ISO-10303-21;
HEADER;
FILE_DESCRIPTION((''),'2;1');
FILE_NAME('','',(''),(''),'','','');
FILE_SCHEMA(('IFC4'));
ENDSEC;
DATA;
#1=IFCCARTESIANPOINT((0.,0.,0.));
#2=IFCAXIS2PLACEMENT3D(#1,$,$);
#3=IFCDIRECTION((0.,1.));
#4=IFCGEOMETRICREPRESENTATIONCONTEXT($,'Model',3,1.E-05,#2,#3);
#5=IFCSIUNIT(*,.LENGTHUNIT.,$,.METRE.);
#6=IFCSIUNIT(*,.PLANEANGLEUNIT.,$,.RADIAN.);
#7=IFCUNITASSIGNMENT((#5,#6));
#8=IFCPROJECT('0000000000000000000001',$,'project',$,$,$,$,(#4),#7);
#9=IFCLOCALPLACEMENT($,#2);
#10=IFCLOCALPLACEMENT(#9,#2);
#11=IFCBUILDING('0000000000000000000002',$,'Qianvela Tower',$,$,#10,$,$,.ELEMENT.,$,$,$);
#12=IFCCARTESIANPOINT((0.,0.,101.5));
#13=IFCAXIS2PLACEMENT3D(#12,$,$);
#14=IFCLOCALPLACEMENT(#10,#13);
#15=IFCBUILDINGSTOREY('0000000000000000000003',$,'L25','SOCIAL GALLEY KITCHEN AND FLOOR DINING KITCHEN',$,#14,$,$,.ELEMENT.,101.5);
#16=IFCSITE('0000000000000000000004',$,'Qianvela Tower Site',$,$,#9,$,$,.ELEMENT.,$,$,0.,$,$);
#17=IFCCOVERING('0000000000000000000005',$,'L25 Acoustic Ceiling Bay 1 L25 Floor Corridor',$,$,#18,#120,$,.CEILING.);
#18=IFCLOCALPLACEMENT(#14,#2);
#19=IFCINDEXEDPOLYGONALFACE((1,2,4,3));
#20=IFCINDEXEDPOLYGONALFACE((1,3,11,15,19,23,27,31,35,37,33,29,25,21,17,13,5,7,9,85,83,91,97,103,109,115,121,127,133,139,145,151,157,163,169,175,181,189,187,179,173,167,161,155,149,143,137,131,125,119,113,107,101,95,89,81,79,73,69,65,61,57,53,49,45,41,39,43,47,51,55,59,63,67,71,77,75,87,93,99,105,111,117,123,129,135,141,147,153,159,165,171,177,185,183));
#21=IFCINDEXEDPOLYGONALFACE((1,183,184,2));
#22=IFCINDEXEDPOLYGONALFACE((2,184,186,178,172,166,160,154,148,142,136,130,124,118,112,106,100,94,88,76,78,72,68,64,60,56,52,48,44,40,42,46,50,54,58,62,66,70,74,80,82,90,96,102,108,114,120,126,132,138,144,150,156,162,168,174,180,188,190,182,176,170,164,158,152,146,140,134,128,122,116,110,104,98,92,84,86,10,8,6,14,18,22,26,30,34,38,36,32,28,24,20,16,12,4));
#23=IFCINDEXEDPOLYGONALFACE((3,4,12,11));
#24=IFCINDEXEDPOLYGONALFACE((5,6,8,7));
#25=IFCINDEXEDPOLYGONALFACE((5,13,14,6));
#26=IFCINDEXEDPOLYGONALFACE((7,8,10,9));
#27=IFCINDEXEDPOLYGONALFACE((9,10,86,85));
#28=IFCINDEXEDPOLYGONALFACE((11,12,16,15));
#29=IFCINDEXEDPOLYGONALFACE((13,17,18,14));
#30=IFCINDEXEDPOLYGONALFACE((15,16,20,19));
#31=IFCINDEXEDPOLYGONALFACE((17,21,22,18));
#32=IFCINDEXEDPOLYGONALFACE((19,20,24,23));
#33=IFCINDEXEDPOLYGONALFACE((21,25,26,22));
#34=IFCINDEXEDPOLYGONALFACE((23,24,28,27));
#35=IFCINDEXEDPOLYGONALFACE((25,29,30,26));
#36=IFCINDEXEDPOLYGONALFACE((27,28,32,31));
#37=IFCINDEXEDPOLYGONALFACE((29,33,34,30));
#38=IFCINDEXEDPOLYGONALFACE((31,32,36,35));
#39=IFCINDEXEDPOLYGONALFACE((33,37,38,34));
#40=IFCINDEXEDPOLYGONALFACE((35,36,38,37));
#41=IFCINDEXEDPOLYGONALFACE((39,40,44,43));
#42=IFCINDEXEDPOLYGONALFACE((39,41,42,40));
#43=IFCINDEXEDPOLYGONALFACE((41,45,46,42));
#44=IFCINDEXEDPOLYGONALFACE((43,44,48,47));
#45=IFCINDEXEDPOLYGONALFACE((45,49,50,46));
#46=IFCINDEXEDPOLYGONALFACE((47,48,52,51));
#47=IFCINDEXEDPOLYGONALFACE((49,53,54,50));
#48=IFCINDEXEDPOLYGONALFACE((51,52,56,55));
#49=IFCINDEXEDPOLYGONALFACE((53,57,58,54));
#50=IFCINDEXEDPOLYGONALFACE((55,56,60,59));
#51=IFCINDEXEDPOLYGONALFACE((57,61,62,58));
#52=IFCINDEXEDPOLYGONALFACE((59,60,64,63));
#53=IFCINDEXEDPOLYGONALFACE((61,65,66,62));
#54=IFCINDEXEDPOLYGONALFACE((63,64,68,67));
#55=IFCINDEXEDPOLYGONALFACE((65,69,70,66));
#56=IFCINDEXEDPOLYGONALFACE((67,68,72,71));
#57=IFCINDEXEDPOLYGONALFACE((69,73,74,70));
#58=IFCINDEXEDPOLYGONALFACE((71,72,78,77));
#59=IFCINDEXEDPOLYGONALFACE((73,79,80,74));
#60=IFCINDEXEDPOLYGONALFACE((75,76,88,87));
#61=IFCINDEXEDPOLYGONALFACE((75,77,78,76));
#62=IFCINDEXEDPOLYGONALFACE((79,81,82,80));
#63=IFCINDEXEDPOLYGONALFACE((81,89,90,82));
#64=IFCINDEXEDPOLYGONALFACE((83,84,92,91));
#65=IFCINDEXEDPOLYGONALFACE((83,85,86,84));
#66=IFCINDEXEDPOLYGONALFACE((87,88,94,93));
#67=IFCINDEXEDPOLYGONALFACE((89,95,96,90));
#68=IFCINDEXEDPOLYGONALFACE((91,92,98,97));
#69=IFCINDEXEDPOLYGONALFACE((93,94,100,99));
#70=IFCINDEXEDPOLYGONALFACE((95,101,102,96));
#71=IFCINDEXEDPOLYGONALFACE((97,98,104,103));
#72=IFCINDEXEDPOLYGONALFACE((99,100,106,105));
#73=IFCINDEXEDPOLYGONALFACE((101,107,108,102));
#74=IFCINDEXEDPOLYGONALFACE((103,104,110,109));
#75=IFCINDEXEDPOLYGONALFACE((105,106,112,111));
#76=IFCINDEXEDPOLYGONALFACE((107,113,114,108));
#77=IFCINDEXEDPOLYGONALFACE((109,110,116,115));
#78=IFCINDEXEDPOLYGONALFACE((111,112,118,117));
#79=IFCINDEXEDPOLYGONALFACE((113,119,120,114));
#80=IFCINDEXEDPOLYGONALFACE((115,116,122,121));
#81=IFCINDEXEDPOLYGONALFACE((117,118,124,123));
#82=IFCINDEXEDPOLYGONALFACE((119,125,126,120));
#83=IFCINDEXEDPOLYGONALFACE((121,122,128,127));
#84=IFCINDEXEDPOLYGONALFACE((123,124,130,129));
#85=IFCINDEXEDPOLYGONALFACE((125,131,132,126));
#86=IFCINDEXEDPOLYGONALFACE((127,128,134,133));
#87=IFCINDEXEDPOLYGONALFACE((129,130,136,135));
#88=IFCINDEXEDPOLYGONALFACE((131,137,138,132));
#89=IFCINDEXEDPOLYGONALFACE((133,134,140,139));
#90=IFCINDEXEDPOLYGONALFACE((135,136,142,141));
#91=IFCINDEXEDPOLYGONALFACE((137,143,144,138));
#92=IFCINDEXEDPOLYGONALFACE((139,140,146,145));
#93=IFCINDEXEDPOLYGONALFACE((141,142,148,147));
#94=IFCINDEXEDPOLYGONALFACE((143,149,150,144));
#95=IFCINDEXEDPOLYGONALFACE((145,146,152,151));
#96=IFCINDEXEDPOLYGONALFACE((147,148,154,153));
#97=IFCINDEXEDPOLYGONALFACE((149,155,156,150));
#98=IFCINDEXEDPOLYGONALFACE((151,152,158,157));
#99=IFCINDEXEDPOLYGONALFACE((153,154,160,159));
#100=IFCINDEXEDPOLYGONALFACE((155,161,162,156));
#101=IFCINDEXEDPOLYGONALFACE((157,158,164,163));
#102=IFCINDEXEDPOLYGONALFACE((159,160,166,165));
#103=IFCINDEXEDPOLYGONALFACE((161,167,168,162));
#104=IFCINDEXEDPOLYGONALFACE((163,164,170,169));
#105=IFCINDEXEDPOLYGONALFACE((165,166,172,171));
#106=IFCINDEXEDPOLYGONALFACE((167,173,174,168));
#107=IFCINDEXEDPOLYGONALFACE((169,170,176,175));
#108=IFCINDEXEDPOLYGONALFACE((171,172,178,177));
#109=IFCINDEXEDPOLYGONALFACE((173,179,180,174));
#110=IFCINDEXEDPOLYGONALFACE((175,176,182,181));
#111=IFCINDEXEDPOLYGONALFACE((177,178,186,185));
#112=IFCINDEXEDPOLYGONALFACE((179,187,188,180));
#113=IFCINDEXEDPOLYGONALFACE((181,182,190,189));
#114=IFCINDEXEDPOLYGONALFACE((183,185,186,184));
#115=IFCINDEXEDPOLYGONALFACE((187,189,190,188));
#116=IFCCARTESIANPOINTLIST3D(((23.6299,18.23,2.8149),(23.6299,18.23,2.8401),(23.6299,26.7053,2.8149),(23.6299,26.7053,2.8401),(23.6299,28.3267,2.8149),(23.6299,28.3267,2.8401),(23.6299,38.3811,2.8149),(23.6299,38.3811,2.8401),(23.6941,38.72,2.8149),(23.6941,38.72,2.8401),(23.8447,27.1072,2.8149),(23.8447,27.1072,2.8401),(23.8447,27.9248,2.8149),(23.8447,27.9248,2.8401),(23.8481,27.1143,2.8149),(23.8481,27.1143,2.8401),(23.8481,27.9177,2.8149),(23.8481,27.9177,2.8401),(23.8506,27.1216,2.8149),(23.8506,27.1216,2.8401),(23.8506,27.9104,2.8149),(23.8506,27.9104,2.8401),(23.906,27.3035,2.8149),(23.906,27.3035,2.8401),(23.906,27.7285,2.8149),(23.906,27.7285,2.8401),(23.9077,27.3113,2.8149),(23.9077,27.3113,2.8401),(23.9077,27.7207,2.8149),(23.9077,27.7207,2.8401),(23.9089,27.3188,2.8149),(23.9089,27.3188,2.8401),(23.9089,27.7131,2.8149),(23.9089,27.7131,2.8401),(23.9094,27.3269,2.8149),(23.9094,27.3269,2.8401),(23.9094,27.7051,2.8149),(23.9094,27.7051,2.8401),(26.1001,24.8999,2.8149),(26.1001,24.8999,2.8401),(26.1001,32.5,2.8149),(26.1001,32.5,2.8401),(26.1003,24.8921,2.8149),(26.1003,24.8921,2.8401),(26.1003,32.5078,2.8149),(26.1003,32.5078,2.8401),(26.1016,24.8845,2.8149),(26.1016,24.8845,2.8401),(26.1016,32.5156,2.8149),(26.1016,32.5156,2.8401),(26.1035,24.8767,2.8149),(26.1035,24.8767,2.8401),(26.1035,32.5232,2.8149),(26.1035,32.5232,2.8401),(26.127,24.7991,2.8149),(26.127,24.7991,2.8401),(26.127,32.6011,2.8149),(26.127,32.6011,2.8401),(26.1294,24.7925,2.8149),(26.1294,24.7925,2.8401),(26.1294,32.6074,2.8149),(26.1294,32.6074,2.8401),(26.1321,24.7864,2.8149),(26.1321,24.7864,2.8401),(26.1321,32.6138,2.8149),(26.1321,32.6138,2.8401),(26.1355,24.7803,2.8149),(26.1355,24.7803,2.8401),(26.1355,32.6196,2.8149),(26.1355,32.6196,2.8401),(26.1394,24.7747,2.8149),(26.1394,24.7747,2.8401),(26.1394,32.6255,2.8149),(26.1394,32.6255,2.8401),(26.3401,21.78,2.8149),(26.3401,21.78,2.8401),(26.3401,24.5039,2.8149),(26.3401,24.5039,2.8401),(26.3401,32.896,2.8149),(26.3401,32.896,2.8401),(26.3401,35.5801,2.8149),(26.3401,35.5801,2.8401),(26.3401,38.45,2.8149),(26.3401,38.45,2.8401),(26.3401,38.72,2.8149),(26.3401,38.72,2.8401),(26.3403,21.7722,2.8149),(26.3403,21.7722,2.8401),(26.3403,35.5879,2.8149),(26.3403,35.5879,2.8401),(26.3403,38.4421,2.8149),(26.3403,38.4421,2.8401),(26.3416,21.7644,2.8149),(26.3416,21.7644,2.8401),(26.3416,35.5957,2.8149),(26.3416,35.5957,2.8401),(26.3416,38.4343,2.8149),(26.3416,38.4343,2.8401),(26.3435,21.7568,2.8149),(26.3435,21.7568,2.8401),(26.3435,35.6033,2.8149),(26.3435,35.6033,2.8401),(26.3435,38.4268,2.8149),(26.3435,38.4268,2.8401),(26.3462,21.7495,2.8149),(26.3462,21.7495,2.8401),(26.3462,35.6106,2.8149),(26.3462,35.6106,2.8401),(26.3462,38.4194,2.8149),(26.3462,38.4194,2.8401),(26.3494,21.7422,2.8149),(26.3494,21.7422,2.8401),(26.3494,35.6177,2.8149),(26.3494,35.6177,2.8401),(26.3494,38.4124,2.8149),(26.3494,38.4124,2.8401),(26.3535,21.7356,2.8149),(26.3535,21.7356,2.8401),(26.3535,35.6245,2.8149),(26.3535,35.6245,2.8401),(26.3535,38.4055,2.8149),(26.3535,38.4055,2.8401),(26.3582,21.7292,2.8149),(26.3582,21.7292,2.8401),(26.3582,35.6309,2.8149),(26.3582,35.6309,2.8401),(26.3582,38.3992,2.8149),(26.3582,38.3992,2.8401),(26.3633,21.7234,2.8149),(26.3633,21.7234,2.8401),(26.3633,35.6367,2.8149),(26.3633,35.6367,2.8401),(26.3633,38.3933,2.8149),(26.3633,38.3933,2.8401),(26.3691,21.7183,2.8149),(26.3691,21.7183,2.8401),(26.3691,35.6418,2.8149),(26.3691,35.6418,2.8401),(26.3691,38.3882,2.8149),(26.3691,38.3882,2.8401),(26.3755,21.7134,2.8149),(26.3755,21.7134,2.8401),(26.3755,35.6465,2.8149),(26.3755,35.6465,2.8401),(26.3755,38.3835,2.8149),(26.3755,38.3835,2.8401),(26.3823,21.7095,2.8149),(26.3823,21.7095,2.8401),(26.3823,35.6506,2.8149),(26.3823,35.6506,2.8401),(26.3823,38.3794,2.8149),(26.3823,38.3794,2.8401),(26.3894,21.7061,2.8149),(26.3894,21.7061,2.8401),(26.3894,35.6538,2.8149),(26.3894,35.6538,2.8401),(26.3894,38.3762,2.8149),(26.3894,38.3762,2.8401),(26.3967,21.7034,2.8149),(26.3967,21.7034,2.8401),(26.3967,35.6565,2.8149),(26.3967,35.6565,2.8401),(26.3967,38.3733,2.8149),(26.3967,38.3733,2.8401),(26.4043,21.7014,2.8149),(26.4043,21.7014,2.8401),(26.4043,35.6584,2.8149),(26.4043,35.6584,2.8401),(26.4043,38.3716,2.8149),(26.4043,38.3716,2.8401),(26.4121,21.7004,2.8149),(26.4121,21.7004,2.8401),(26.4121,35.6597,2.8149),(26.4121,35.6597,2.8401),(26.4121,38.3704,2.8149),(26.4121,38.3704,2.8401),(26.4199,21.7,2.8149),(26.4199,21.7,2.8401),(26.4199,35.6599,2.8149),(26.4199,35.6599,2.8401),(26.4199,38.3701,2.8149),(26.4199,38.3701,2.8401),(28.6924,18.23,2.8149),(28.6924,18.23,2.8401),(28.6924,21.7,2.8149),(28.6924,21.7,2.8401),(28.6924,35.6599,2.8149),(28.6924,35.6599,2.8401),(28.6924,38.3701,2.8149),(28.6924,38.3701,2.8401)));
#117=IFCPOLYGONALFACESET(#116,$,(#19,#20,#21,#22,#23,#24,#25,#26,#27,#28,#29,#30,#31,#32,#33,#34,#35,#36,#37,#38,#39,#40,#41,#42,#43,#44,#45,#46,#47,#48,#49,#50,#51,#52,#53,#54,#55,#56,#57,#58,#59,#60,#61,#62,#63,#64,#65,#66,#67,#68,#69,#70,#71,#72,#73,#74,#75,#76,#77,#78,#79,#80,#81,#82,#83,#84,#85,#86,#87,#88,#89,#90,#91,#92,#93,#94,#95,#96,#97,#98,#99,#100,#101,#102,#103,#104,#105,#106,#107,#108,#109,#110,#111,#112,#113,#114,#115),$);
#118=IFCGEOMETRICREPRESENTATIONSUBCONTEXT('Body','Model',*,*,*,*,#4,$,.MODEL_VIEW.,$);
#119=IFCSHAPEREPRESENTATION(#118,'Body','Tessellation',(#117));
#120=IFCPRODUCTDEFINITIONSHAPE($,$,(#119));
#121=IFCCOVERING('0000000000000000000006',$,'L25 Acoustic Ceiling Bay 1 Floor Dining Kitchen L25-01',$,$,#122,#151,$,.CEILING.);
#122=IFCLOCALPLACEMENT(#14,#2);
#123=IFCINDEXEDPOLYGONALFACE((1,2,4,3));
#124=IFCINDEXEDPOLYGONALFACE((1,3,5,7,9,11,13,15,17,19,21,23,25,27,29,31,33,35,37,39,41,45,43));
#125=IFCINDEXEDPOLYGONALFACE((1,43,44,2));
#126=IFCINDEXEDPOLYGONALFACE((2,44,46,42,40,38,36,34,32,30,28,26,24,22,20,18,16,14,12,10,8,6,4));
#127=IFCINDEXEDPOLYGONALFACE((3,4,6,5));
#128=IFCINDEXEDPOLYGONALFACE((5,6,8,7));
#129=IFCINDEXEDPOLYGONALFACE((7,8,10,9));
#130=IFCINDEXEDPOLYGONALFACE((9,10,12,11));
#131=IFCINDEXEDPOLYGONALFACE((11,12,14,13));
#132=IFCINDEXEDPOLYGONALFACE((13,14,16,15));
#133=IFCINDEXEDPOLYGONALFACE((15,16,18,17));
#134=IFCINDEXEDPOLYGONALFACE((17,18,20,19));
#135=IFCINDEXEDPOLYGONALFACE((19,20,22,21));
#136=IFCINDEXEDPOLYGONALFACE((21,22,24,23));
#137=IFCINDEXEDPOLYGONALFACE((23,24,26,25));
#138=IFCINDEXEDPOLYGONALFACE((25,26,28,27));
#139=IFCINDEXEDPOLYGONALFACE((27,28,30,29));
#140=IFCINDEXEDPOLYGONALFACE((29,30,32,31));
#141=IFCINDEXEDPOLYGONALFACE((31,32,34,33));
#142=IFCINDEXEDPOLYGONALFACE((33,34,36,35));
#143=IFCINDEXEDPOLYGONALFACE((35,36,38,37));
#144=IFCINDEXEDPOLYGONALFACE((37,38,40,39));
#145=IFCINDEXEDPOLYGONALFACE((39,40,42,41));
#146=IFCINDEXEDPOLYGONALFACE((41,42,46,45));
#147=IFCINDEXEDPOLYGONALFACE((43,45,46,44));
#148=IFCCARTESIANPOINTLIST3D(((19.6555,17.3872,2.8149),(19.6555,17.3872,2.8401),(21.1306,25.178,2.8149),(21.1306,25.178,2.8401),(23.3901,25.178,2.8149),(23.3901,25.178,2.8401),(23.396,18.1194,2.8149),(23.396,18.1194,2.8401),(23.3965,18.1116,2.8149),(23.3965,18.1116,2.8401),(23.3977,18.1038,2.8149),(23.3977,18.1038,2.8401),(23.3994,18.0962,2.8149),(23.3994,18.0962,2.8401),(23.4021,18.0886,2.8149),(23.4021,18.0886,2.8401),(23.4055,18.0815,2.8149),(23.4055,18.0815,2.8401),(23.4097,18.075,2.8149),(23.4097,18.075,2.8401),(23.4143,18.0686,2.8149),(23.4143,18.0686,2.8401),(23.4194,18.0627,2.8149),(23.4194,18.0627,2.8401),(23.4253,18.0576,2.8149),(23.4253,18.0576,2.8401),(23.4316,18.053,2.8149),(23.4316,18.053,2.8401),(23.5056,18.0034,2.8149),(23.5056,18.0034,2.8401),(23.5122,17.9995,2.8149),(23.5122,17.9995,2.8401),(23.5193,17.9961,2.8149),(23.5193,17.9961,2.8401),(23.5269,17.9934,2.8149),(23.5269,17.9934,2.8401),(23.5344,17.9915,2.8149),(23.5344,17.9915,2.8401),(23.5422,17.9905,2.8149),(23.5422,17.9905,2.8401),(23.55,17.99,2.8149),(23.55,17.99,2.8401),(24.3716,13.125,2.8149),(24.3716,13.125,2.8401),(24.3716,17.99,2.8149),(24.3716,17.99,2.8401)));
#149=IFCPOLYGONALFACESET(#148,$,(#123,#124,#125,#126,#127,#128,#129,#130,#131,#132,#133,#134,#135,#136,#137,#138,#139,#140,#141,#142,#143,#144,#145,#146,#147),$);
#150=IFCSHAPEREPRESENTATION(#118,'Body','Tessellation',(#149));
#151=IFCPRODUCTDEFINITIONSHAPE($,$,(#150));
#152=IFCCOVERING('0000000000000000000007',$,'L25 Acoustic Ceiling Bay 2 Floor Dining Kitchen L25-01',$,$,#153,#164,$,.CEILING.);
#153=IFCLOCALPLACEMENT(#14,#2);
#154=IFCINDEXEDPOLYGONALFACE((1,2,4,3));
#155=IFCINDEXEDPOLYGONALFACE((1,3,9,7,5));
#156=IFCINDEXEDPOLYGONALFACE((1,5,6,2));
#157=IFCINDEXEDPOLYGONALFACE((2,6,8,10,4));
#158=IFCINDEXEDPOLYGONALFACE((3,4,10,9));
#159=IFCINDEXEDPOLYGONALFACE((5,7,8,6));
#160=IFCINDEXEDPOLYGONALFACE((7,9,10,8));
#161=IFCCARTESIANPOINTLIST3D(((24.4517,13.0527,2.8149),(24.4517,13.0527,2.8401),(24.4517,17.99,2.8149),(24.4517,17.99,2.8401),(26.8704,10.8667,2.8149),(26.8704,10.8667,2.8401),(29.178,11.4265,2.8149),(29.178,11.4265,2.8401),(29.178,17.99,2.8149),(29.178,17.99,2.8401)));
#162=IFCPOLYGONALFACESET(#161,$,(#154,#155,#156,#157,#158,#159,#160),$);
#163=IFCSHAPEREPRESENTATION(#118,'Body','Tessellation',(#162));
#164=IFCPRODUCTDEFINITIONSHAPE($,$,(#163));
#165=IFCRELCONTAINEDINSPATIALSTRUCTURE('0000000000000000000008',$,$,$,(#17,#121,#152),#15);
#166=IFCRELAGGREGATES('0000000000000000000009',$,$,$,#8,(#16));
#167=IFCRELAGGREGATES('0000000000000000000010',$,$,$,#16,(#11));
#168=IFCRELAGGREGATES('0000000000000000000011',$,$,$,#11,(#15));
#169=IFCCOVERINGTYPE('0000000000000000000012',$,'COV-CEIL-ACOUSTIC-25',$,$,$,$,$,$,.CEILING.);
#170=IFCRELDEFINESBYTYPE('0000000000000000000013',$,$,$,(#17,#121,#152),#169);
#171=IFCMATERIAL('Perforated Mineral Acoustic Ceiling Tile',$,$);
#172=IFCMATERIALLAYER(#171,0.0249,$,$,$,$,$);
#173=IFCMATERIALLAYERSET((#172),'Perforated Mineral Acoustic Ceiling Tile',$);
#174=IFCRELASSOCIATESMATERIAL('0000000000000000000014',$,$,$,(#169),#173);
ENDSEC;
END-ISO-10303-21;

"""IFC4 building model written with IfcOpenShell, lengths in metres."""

from ifc_helpers import new_model, si_unit, direction, frame, origin, place, context, subcontext, project, spatial, polyline, outline, extrude, material, layer, layer_set, type_object, element, save


model = new_model("IFC4")

# Units and contexts
model_context = context("Model", 3, precision=1e-05, world=origin(), true_north=direction((0.0, 1.0)))
body_context = subcontext(model_context, "Body", "Model", "MODEL_VIEW")
ifc_project = project(units=[si_unit("LENGTHUNIT", "METRE"), si_unit("PLANEANGLEUNIT", "RADIAN")], contexts=[model_context])

# Site, building, storey
site_placement = place(None, origin())
site = spatial("IfcSite", under=ifc_project, at=site_placement, Name="Qianvela Tower Site", CompositionType="ELEMENT", RefElevation=0.0)
building_placement = place(site_placement, origin())
building = spatial("IfcBuilding", under=site, at=building_placement, Name="Qianvela Tower", CompositionType="ELEMENT")
storey_placement = place(building_placement, frame((0.0, 0.0, 101.5)))
storey = spatial("IfcBuildingStorey", under=building, at=storey_placement, Name="L25", Description="SOCIAL GALLEY KITCHEN AND FLOOR DINING KITCHEN", CompositionType="ELEMENT", Elevation=101.5)

# Coverings
ifc_material_1 = material(Name="Perforated Mineral Acoustic Ceiling Tile")
ifc_layer_1 = layer(ifc_material_1, 0.0249)
ifc_layer_set_1 = layer_set([ifc_layer_1], Name="Perforated Mineral Acoustic Ceiling Tile")
covering_type_1 = type_object("IfcCoveringType", Name="COV-CEIL-ACOUSTIC-25", PredefinedType="CEILING", material=ifc_layer_set_1)
covering_1_placement = place(storey_placement, frame((0.0, 0.0, 2.8149)))
element("IfcCovering", 1, at=covering_1_placement, inside=storey, type_object=covering_type_1, Name="L25 Acoustic Ceiling Bay 1 L25 Floor Corridor", PredefinedType="CEILING", context=body_context, shape_type="SweptSolid", body=[
    extrude(outline(polyline([(26.3401, 38.45), (26.3403, 38.4421), (26.3416, 38.4343), (26.3435, 38.4268), (26.3462, 38.4194), (26.3494, 38.4124), (26.3535, 38.4055), (26.3582, 38.3992), (26.3633, 38.3933), (26.3691, 38.3882), (26.3755, 38.3835), (26.3823, 38.3794), (26.3894, 38.3762), (26.3967, 38.3733), (26.4043, 38.3716), (26.4121, 38.3704), (26.4199, 38.3701), (28.6924, 38.3701), (28.6924, 35.6599), (26.4199, 35.6599), (26.4121, 35.6597), (26.4043, 35.6584), (26.3967, 35.6565), (26.3894, 35.6538), (26.3823, 35.6506), (26.3755, 35.6465), (26.3691, 35.6418), (26.3633, 35.6367), (26.3582, 35.6309), (26.3535, 35.6245), (26.3494, 35.6177), (26.3462, 35.6106), (26.3435, 35.6033), (26.3416, 35.5957), (26.3403, 35.5879), (26.3401, 35.5801), (26.3401, 32.896), (26.1394, 32.6255), (26.1355, 32.6196), (26.1321, 32.6138), (26.1294, 32.6074), (26.127, 32.6011), (26.1035, 32.5232), (26.1016, 32.5156), (26.1003, 32.5078), (26.1001, 32.5), (26.1001, 24.8999), (26.1003, 24.8921), (26.1016, 24.8845), (26.1035, 24.8767), (26.127, 24.7991), (26.1294, 24.7925), (26.1321, 24.7864), (26.1355, 24.7803), (26.1394, 24.7747), (26.3401, 24.5039), (26.3401, 21.78), (26.3403, 21.7722), (26.3416, 21.7644), (26.3435, 21.7568), (26.3462, 21.7495), (26.3494, 21.7422), (26.3535, 21.7356), (26.3582, 21.7292), (26.3633, 21.7234), (26.3691, 21.7183), (26.3755, 21.7134), (26.3823, 21.7095), (26.3894, 21.7061), (26.3967, 21.7034), (26.4043, 21.7014), (26.4121, 21.7004), (26.4199, 21.7), (28.6924, 21.7), (28.6924, 18.23), (23.6299, 18.23), (23.6299, 26.7053), (23.8447, 27.1072), (23.8481, 27.1143), (23.8506, 27.1216), (23.906, 27.3035), (23.9077, 27.3113), (23.9089, 27.3188), (23.9094, 27.3269), (23.9094, 27.7051), (23.9089, 27.7131), (23.9077, 27.7207), (23.906, 27.7285), (23.8506, 27.9104), (23.8481, 27.9177), (23.8447, 27.9248), (23.6299, 28.3267), (23.6299, 38.3811), (23.6941, 38.72), (26.3401, 38.72), (26.3401, 38.45)])), origin(), (0.0, 0.0, 1.0), 0.0251),
])
covering_2_placement = place(storey_placement, frame((0.0, 0.0, 2.8149)))
element("IfcCovering", 2, at=covering_2_placement, inside=storey, type_object=covering_type_1, Name="L25 Acoustic Ceiling Bay 1 Floor Dining Kitchen L25-01", PredefinedType="CEILING", context=body_context, shape_type="SweptSolid", body=[
    extrude(outline(polyline([(23.3901, 25.178), (23.396, 18.1194), (23.3965, 18.1116), (23.3977, 18.1038), (23.3994, 18.0962), (23.4021, 18.0886), (23.4055, 18.0815), (23.4097, 18.075), (23.4143, 18.0686), (23.4194, 18.0627), (23.4253, 18.0576), (23.4316, 18.053), (23.5056, 18.0034), (23.5122, 17.9995), (23.5193, 17.9961), (23.5269, 17.9934), (23.5344, 17.9915), (23.5422, 17.9905), (23.55, 17.99), (24.3716, 17.99), (24.3716, 13.125), (19.6555, 17.3872), (21.1306, 25.178), (23.3901, 25.178)])), origin(), (0.0, 0.0, 1.0), 0.0251),
])
covering_3_placement = place(storey_placement, frame((0.0, 0.0, 2.8149)))
element("IfcCovering", 3, at=covering_3_placement, inside=storey, type_object=covering_type_1, Name="L25 Acoustic Ceiling Bay 2 Floor Dining Kitchen L25-01", PredefinedType="CEILING", context=body_context, shape_type="SweptSolid", body=[
    extrude(outline(polyline([(29.178, 17.99), (29.178, 11.4265), (26.8704, 10.8667), (24.4517, 13.0527), (24.4517, 17.99), (29.178, 17.99)])), origin(), (0.0, 0.0, 1.0), 0.0251),
])

save(model, "model.ifc")
